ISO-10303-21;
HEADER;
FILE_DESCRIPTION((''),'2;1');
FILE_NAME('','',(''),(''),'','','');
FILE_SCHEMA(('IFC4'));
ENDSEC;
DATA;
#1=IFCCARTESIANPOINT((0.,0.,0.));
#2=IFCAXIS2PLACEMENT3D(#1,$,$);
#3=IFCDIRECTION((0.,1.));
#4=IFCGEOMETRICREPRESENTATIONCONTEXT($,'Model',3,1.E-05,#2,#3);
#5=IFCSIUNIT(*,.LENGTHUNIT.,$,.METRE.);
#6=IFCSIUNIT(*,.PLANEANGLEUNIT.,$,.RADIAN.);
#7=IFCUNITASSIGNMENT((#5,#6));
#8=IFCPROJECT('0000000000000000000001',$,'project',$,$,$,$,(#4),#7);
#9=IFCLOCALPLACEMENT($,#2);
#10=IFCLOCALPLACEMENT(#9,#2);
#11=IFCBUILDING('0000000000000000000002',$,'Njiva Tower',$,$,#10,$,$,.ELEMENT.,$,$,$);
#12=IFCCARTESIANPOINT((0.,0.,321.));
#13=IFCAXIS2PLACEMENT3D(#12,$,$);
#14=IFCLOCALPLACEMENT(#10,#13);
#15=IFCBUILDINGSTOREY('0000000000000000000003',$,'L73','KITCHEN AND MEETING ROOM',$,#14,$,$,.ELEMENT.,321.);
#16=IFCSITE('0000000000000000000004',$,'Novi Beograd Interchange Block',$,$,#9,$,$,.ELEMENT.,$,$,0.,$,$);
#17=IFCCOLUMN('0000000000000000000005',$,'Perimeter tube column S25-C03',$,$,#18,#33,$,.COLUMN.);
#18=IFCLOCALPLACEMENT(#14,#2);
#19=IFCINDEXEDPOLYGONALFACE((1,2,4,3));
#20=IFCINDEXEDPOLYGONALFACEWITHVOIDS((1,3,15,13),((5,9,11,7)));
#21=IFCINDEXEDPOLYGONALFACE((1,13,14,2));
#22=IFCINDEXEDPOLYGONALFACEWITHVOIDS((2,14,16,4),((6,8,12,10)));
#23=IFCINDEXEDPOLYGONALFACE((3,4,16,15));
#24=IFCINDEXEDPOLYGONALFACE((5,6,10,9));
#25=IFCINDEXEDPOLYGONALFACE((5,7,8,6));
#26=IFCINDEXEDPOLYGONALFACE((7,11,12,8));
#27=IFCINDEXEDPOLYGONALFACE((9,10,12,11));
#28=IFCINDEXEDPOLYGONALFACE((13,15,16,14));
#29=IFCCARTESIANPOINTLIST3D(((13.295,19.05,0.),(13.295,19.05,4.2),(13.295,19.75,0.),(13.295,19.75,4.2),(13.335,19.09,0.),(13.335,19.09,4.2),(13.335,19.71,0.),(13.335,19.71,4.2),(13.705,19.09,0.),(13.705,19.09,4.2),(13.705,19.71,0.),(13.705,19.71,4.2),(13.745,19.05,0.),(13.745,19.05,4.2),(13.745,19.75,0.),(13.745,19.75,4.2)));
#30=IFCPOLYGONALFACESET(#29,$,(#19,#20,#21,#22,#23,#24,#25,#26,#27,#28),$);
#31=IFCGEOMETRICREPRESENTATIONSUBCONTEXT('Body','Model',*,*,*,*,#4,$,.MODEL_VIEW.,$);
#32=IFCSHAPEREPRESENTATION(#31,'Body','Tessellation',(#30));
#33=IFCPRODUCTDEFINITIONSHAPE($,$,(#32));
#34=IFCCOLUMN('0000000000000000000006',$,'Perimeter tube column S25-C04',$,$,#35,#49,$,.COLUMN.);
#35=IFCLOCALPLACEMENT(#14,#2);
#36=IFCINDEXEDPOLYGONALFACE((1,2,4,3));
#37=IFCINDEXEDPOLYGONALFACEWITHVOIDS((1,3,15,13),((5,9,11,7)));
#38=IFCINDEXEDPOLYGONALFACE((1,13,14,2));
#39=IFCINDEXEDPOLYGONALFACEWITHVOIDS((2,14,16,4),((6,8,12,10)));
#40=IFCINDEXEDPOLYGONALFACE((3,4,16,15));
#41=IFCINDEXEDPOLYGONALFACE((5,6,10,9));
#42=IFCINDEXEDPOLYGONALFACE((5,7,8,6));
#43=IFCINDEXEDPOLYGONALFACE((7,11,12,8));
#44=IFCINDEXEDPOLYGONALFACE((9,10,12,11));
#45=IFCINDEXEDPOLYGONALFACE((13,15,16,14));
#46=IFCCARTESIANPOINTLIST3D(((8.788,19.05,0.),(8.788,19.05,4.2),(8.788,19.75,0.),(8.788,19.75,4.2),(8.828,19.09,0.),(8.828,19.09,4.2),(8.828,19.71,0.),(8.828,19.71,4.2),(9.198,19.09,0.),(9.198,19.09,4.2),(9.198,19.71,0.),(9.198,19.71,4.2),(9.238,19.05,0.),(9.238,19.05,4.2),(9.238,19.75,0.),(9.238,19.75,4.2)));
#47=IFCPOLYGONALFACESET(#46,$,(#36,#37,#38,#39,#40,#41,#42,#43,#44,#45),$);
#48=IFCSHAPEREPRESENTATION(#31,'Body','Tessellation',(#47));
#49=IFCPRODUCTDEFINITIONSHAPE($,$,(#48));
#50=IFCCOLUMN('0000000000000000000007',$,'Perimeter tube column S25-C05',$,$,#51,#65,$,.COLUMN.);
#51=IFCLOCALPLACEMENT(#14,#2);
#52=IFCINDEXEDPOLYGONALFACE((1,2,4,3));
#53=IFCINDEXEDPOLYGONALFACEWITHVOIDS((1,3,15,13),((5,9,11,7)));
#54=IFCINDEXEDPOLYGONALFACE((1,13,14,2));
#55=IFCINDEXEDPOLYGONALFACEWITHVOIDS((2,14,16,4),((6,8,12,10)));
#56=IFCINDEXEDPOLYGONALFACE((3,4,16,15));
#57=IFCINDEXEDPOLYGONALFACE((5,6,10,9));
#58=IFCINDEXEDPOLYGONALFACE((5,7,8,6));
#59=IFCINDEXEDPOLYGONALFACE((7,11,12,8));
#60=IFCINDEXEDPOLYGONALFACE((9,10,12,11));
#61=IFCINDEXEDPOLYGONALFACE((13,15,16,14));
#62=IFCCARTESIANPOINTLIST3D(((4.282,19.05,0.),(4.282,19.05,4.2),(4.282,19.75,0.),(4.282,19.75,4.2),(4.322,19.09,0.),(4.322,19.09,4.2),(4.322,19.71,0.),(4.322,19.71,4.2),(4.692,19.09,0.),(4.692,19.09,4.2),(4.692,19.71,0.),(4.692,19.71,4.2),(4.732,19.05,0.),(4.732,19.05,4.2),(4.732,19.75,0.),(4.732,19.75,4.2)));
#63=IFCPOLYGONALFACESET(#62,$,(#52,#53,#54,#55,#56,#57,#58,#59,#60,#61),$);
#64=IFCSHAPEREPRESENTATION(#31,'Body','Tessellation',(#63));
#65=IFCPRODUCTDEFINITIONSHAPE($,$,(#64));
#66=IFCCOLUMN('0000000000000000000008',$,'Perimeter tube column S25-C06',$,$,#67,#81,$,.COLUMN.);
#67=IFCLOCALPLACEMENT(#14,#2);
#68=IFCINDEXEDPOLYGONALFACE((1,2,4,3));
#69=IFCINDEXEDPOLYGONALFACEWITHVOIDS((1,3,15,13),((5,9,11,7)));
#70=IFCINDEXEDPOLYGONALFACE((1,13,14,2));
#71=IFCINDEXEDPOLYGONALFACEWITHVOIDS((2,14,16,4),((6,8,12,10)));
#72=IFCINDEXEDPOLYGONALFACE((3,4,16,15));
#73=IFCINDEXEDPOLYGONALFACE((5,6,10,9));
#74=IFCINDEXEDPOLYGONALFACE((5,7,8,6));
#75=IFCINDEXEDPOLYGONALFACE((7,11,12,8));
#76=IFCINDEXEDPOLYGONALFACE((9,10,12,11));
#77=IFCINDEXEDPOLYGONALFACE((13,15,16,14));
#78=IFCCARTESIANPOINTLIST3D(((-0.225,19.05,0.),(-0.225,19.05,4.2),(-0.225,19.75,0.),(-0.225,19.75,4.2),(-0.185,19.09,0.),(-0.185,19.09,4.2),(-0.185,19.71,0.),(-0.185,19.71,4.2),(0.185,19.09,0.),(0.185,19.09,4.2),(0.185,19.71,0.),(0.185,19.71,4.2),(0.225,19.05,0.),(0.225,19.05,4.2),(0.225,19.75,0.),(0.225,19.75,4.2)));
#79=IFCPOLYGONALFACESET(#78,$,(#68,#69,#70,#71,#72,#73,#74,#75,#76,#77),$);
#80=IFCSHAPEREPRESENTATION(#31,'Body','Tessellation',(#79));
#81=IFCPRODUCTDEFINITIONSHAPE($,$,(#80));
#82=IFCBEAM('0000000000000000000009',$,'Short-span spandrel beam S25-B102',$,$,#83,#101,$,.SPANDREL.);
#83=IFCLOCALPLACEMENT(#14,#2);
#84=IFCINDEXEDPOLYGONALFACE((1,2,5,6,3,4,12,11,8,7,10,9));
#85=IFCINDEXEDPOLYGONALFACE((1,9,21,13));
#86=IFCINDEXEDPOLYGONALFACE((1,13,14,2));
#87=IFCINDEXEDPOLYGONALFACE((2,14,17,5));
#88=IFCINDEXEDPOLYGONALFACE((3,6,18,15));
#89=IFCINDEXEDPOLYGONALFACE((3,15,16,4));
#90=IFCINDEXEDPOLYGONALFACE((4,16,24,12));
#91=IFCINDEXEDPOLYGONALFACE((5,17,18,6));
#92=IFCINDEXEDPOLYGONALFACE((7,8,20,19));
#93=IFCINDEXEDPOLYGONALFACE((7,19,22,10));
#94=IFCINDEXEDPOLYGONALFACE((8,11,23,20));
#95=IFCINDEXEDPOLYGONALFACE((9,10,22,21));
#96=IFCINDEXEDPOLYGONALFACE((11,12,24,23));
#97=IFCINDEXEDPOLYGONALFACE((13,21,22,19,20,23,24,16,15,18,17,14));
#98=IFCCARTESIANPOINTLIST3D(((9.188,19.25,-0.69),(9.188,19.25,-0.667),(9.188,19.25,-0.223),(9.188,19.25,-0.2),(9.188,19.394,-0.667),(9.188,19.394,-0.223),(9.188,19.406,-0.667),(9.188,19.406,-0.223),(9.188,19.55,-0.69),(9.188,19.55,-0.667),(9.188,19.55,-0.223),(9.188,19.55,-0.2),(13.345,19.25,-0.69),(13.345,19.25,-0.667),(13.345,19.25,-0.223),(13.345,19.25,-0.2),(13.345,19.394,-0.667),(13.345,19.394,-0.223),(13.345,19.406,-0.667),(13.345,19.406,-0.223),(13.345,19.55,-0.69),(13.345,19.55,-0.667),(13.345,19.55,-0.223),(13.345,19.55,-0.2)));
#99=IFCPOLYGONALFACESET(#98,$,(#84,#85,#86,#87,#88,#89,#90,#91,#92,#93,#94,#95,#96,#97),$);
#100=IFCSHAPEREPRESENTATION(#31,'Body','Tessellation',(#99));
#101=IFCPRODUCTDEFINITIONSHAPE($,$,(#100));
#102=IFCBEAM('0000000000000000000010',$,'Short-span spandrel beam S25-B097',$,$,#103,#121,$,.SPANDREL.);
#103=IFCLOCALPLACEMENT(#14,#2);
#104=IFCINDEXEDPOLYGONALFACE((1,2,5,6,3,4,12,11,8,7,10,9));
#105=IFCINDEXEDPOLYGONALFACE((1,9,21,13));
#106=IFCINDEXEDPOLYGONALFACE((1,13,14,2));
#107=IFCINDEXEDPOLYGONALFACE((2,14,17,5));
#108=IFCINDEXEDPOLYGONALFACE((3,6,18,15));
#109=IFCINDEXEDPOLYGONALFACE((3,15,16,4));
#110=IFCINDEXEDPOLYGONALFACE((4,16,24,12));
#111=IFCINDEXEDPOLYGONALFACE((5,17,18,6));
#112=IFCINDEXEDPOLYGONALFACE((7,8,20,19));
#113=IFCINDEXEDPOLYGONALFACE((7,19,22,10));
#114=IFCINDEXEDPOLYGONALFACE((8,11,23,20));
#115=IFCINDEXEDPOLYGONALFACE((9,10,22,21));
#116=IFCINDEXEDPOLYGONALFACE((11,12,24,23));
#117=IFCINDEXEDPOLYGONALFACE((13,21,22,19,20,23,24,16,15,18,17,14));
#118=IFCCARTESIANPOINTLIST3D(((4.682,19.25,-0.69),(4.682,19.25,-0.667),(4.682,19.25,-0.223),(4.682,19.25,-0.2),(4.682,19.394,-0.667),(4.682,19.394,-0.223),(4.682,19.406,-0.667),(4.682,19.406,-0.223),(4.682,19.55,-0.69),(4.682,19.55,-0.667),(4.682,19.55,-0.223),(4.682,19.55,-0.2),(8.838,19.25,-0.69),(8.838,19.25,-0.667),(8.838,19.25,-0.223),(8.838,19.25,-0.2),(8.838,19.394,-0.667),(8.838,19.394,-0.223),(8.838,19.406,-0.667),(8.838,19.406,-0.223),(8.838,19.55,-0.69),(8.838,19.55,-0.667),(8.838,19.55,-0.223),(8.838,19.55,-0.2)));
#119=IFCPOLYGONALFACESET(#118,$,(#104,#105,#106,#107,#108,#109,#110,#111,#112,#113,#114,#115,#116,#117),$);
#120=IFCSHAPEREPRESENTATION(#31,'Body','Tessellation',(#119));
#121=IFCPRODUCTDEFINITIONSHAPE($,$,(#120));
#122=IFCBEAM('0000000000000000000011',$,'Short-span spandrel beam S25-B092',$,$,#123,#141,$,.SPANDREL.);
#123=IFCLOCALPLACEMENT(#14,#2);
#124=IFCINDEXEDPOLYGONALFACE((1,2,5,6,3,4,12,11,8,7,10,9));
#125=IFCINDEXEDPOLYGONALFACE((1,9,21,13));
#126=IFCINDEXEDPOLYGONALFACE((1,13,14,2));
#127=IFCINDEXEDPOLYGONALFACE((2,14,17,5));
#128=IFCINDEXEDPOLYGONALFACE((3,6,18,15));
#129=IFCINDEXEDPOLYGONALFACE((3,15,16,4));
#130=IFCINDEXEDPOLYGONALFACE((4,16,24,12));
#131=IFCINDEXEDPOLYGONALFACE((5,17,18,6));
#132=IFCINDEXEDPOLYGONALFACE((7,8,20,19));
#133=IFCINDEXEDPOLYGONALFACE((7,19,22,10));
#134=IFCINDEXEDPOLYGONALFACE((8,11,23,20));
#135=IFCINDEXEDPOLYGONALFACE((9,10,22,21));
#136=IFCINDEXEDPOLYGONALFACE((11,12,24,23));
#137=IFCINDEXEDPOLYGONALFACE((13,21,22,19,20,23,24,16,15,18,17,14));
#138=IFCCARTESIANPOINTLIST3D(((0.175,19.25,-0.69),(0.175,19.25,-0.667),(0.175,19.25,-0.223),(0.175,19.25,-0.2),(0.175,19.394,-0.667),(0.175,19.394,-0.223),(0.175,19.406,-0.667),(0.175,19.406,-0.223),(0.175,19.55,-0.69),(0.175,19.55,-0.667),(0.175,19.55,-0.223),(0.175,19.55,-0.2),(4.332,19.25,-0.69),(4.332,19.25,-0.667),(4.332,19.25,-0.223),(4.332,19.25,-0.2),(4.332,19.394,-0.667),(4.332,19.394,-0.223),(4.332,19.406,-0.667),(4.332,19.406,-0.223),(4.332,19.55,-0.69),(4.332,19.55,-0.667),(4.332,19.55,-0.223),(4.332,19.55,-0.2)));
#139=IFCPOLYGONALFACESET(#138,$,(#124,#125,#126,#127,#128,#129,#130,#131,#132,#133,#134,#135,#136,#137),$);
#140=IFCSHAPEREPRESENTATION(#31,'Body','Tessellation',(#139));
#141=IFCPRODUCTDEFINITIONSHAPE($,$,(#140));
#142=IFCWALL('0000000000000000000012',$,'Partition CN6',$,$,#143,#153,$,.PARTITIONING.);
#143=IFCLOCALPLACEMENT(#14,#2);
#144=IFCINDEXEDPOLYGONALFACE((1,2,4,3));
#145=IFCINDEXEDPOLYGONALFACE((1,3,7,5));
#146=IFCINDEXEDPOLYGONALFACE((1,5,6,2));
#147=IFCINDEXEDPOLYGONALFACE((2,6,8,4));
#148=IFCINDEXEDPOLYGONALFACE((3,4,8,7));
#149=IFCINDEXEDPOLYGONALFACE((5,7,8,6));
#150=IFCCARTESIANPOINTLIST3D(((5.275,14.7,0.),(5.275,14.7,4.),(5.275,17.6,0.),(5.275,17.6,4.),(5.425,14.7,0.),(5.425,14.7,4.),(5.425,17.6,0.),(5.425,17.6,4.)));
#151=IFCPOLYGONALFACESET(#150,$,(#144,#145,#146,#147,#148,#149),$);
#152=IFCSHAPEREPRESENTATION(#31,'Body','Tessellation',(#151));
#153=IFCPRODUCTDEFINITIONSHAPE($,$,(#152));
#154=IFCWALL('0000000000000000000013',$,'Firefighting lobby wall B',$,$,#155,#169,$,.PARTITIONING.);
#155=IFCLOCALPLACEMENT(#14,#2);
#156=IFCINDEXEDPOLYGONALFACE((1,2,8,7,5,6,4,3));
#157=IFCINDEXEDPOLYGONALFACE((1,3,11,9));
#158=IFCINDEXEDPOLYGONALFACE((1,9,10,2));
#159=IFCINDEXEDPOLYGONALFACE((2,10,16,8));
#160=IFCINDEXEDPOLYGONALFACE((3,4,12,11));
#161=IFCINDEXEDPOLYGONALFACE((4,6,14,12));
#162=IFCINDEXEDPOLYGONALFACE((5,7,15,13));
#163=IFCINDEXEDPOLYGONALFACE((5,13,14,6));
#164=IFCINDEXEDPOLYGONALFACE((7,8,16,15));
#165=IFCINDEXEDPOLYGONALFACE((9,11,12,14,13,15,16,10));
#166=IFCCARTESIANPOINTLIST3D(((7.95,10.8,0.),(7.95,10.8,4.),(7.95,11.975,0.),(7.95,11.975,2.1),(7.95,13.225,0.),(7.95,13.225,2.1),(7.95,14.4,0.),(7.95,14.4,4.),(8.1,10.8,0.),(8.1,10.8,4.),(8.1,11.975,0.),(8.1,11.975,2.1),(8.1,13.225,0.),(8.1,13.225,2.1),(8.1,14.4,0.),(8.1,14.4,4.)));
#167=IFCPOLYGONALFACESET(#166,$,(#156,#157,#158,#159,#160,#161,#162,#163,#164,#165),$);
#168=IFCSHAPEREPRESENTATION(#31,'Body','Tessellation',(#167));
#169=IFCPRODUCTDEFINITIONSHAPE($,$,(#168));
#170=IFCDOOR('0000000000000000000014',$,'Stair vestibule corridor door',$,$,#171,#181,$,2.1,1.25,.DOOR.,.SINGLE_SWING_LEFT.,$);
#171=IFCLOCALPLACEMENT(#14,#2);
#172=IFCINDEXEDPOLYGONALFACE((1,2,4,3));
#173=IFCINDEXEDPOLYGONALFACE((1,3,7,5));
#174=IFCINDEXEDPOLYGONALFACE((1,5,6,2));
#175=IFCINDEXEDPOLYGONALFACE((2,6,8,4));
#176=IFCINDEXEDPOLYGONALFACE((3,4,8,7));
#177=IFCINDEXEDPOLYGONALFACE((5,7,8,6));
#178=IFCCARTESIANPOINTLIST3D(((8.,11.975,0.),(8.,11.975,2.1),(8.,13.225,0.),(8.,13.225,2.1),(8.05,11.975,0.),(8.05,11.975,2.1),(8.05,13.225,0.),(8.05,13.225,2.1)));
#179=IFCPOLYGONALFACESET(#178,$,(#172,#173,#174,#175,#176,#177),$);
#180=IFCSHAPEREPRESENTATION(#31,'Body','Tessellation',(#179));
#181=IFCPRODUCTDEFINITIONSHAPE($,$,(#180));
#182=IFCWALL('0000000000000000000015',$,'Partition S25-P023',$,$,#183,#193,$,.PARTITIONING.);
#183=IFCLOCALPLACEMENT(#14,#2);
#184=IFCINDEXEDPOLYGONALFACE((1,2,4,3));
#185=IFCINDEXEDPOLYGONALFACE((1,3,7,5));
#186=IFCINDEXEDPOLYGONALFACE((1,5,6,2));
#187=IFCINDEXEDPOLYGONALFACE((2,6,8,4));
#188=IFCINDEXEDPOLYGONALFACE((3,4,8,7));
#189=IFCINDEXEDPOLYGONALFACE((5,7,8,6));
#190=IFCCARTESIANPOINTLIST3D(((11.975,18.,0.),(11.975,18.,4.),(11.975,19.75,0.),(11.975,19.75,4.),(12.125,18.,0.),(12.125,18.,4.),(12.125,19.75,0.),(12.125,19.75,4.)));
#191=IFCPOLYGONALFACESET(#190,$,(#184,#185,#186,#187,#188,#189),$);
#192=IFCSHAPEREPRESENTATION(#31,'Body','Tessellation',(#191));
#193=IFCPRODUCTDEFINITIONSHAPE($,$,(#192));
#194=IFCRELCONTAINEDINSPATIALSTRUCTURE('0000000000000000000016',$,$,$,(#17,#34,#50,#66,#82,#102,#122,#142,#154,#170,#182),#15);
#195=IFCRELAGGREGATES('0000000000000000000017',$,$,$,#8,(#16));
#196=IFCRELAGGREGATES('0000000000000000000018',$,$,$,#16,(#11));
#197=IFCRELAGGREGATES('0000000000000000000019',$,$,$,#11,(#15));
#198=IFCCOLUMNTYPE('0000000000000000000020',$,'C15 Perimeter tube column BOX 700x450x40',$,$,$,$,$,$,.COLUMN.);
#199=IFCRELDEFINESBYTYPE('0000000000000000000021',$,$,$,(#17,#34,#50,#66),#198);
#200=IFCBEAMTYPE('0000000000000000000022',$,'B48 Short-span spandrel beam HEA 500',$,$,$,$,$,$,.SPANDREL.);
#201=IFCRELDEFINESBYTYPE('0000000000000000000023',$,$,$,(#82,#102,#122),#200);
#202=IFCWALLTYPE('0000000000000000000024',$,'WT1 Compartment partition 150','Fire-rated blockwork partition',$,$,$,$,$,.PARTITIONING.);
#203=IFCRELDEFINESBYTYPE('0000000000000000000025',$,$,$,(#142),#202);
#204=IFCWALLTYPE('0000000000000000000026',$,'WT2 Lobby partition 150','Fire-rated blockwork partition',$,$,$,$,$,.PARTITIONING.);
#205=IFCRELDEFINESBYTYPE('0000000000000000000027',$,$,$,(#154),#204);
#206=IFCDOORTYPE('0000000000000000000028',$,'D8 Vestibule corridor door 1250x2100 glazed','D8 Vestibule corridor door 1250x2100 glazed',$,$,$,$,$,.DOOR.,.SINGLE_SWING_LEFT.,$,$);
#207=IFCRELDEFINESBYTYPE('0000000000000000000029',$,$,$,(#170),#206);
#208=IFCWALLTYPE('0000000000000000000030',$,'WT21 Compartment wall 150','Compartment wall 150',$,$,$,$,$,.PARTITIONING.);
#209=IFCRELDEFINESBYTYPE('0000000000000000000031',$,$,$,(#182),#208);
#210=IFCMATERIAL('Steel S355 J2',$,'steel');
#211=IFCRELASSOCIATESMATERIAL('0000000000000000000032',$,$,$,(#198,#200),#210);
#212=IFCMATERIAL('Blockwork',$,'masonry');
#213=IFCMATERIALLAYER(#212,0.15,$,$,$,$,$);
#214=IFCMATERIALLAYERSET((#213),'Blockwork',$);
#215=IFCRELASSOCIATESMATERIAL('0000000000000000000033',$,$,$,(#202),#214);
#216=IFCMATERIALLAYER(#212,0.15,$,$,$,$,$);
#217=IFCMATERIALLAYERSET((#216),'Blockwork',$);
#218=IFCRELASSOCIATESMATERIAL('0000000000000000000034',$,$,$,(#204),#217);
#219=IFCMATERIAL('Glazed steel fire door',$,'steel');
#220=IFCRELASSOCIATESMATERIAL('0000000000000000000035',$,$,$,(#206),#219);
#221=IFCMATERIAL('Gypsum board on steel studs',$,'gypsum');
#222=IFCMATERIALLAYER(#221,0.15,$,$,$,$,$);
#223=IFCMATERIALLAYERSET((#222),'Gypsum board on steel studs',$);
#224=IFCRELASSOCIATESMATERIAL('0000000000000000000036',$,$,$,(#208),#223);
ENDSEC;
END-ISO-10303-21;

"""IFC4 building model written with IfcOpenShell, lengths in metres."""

from ifc_helpers import new_model, si_unit, direction, frame, frame_2d, origin, origin_2d, place, context, subcontext, project, spatial, rectangle, hollow_rectangle, i_section, extrude, material, layer, layer_set, material_profile, profile_set, type_object, element, fill, save


model = new_model("IFC4")

# Units and contexts
model_context = context("Model", 3, precision=1e-05, world=origin(), true_north=direction((0.0, 1.0)))
body_context = subcontext(model_context, "Body", "Model", "MODEL_VIEW")
ifc_project = project(units=[si_unit("LENGTHUNIT", "METRE"), si_unit("PLANEANGLEUNIT", "RADIAN")], contexts=[model_context])

# Site, building, storey
site_placement = place(None, origin())
site = spatial("IfcSite", under=ifc_project, at=site_placement, Name="Novi Beograd Interchange Block", CompositionType="ELEMENT", RefElevation=0.0)
building_placement = place(site_placement, origin())
building = spatial("IfcBuilding", under=site, at=building_placement, Name="Njiva Tower", CompositionType="ELEMENT")
storey_placement = place(building_placement, frame((0.0, 0.0, 321.0)))
storey = spatial("IfcBuildingStorey", under=building, at=storey_placement, Name="L73", Description="KITCHEN AND MEETING ROOM", CompositionType="ELEMENT", Elevation=321.0)

# Columns
ifc_material_1 = material(Name="Steel S355 J2", Category="steel")
ifc_material_profile_1 = material_profile(ifc_material_1, hollow_rectangle(XDim=0.45, YDim=0.7, WallThickness=0.04, at=origin_2d()), Name="BOX 700x450x40")
ifc_profile_set_1 = profile_set([ifc_material_profile_1], Name="Steel S355 J2")
column_type = type_object("IfcColumnType", Name="C15 Perimeter tube column BOX 700x450x40", PredefinedType="COLUMN", material=ifc_profile_set_1)
for number, where, z_axis, x_axis, name in (
    (1, (13.52, 19.4, 0.0), (0.0, 0.0, 1.0), (-1.0, 0.0, 0.0), "Perimeter tube column S25-C03"),
    (2, (9.013, 19.4, 0.0), (0.0, 0.0, 1.0), (-1.0, 0.0, 0.0), "Perimeter tube column S25-C04"),
    (3, (4.507, 19.4, 0.0), (0.0, 0.0, 1.0), (-1.0, 0.0, 0.0), "Perimeter tube column S25-C05"),
    (4, (0.0, 19.4, 0.0), (0.0, 0.0, 1.0), (-1.0, 0.0, 0.0), "Perimeter tube column S25-C06"),
):
    element("IfcColumn", number, at=place(storey_placement, frame(where, z_axis=z_axis, x_axis=x_axis)), inside=storey, type_object=column_type, Name=name, PredefinedType="COLUMN", context=body_context, shape_type="SweptSolid", body=[
        extrude(hollow_rectangle(XDim=0.45, YDim=0.7, WallThickness=0.04, at=origin_2d()), origin(), (0.0, 0.0, 1.0), 4.2),
    ])

# Beams
ifc_material_profile_2 = material_profile(ifc_material_1, i_section(OverallWidth=0.3, OverallDepth=0.49, WebThickness=0.012, FlangeThickness=0.023, at=origin_2d()), Name="HEA 500")
ifc_profile_set_2 = profile_set([ifc_material_profile_2], Name="Steel S355 J2")
beam_type = type_object("IfcBeamType", Name="B48 Short-span spandrel beam HEA 500", PredefinedType="SPANDREL", material=ifc_profile_set_2)
beam_1_placement = place(storey_placement, frame((13.345, 19.4, -0.445), z_axis=(-1.0, 0.0, 0.0), x_axis=(0.0, -1.0, 0.0)))
element("IfcBeam", 5, at=beam_1_placement, inside=storey, type_object=beam_type, Name="Short-span spandrel beam S25-B102", PredefinedType="SPANDREL", context=body_context, shape_type="SweptSolid", body=[
    extrude(i_section(OverallWidth=0.3, OverallDepth=0.49, WebThickness=0.012, FlangeThickness=0.023, at=origin_2d()), origin(), (0.0, 0.0, 1.0), 4.157),
])
beam_2_placement = place(storey_placement, frame((8.838, 19.4, -0.445), z_axis=(-1.0, 0.0, 0.0), x_axis=(0.0, -1.0, 0.0)))
element("IfcBeam", 6, at=beam_2_placement, inside=storey, type_object=beam_type, Name="Short-span spandrel beam S25-B097", PredefinedType="SPANDREL", context=body_context, shape_type="SweptSolid", body=[
    extrude(i_section(OverallWidth=0.3, OverallDepth=0.49, WebThickness=0.012, FlangeThickness=0.023, at=origin_2d()), origin(), (0.0, 0.0, 1.0), 4.156),
])
beam_3_placement = place(storey_placement, frame((4.332, 19.4, -0.445), z_axis=(-1.0, 0.0, 0.0), x_axis=(0.0, -1.0, 0.0)))
element("IfcBeam", 7, at=beam_3_placement, inside=storey, type_object=beam_type, Name="Short-span spandrel beam S25-B092", PredefinedType="SPANDREL", context=body_context, shape_type="SweptSolid", body=[
    extrude(i_section(OverallWidth=0.3, OverallDepth=0.49, WebThickness=0.012, FlangeThickness=0.023, at=origin_2d()), origin(), (0.0, 0.0, 1.0), 4.157),
])

# Wall
ifc_material_2 = material(Name="Blockwork", Category="masonry")
ifc_layer_1 = layer(ifc_material_2, 0.15)
ifc_layer_set_1 = layer_set([ifc_layer_1], Name="Blockwork")
wall_type_1 = type_object("IfcWallType", Name="WT1 Compartment partition 150", Description="Fire-rated blockwork partition", PredefinedType="PARTITIONING", material=ifc_layer_set_1)
wall_1_placement = place(storey_placement, frame((5.35, 14.7, 0.0), z_axis=(0.0, 0.0, 1.0), x_axis=(0.0, 1.0, 0.0)))
element("IfcWall", 8, at=wall_1_placement, inside=storey, type_object=wall_type_1, Name="Partition CN6", PredefinedType="PARTITIONING", context=body_context, shape_type="SweptSolid", body=[
    extrude(rectangle(XDim=2.9, YDim=0.15, at=frame_2d((1.45, 0.0))), origin(), (0.0, 0.0, 1.0), 4.0),
])

# Wall, opening, door
ifc_layer_2 = layer(ifc_material_2, 0.15)
ifc_layer_set_2 = layer_set([ifc_layer_2], Name="Blockwork")
wall_type_2 = type_object("IfcWallType", Name="WT2 Lobby partition 150", Description="Fire-rated blockwork partition", PredefinedType="PARTITIONING", material=ifc_layer_set_2)
wall_2_placement = place(storey_placement, frame((8.025, 10.8, 0.0), z_axis=(0.0, 0.0, 1.0), x_axis=(0.0, 1.0, 0.0)))
wall_2 = element("IfcWall", 9, at=wall_2_placement, inside=storey, type_object=wall_type_2, Name="Firefighting lobby wall B", PredefinedType="PARTITIONING", context=body_context, shape_type="SweptSolid", body=[
    extrude(rectangle(XDim=3.6, YDim=0.15, at=frame_2d((1.8, 0.0))), origin(), (0.0, 0.0, 1.0), 4.0),
])
opening_placement = place(wall_2_placement, frame((1.175, 0.0, 0.0)))
opening = element("IfcOpeningElement", 10, at=opening_placement, cuts=wall_2, PredefinedType="OPENING", context=body_context, shape_type="SweptSolid", body=[
    extrude(rectangle(XDim=1.25, YDim=2.1, at=frame_2d((0.625, 1.05))), frame((0.0, 0.085, 0.0), z_axis=(0.0, -1.0, 0.0), x_axis=(1.0, 0.0, 0.0)), (0.0, 0.0, 1.0), 0.17),
])
ifc_material_3 = material(Name="Glazed steel fire door", Category="steel")
door_type = type_object("IfcDoorType", Name="D8 Vestibule corridor door 1250x2100 glazed", Description="D8 Vestibule corridor door 1250x2100 glazed", OperationType="SINGLE_SWING_LEFT", PredefinedType="DOOR", material=ifc_material_3)
door_placement = place(opening_placement, origin())
door = element("IfcDoor", 11, at=door_placement, inside=storey, type_object=door_type, Name="Stair vestibule corridor door", OperationType="SINGLE_SWING_LEFT", OverallHeight=2.1, OverallWidth=1.25, PredefinedType="DOOR", context=body_context, shape_type="SweptSolid", body=[
    extrude(rectangle(XDim=1.25, YDim=2.1, at=frame_2d((0.625, 1.05))), frame((0.0, 0.025, 0.0), z_axis=(0.0, -1.0, 0.0), x_axis=(1.0, 0.0, 0.0)), (0.0, 0.0, 1.0), 0.05),
])
fill(opening, door)

# Wall
ifc_material_4 = material(Name="Gypsum board on steel studs", Category="gypsum")
ifc_layer_3 = layer(ifc_material_4, 0.15)
ifc_layer_set_3 = layer_set([ifc_layer_3], Name="Gypsum board on steel studs")
wall_type_3 = type_object("IfcWallType", Name="WT21 Compartment wall 150", Description="Compartment wall 150", PredefinedType="PARTITIONING", material=ifc_layer_set_3)
wall_3_placement = place(storey_placement, frame((12.05, 18.0, 0.0), z_axis=(0.0, 0.0, 1.0), x_axis=(0.0, 1.0, 0.0)))
element("IfcWall", 12, at=wall_3_placement, inside=storey, type_object=wall_type_3, Name="Partition S25-P023", PredefinedType="PARTITIONING", context=body_context, shape_type="SweptSolid", body=[
    extrude(rectangle(XDim=1.75, YDim=0.15, at=frame_2d((0.875, 0.0))), origin(), (0.0, 0.0, 1.0), 4.0),
])

save(model, "model.ifc")
